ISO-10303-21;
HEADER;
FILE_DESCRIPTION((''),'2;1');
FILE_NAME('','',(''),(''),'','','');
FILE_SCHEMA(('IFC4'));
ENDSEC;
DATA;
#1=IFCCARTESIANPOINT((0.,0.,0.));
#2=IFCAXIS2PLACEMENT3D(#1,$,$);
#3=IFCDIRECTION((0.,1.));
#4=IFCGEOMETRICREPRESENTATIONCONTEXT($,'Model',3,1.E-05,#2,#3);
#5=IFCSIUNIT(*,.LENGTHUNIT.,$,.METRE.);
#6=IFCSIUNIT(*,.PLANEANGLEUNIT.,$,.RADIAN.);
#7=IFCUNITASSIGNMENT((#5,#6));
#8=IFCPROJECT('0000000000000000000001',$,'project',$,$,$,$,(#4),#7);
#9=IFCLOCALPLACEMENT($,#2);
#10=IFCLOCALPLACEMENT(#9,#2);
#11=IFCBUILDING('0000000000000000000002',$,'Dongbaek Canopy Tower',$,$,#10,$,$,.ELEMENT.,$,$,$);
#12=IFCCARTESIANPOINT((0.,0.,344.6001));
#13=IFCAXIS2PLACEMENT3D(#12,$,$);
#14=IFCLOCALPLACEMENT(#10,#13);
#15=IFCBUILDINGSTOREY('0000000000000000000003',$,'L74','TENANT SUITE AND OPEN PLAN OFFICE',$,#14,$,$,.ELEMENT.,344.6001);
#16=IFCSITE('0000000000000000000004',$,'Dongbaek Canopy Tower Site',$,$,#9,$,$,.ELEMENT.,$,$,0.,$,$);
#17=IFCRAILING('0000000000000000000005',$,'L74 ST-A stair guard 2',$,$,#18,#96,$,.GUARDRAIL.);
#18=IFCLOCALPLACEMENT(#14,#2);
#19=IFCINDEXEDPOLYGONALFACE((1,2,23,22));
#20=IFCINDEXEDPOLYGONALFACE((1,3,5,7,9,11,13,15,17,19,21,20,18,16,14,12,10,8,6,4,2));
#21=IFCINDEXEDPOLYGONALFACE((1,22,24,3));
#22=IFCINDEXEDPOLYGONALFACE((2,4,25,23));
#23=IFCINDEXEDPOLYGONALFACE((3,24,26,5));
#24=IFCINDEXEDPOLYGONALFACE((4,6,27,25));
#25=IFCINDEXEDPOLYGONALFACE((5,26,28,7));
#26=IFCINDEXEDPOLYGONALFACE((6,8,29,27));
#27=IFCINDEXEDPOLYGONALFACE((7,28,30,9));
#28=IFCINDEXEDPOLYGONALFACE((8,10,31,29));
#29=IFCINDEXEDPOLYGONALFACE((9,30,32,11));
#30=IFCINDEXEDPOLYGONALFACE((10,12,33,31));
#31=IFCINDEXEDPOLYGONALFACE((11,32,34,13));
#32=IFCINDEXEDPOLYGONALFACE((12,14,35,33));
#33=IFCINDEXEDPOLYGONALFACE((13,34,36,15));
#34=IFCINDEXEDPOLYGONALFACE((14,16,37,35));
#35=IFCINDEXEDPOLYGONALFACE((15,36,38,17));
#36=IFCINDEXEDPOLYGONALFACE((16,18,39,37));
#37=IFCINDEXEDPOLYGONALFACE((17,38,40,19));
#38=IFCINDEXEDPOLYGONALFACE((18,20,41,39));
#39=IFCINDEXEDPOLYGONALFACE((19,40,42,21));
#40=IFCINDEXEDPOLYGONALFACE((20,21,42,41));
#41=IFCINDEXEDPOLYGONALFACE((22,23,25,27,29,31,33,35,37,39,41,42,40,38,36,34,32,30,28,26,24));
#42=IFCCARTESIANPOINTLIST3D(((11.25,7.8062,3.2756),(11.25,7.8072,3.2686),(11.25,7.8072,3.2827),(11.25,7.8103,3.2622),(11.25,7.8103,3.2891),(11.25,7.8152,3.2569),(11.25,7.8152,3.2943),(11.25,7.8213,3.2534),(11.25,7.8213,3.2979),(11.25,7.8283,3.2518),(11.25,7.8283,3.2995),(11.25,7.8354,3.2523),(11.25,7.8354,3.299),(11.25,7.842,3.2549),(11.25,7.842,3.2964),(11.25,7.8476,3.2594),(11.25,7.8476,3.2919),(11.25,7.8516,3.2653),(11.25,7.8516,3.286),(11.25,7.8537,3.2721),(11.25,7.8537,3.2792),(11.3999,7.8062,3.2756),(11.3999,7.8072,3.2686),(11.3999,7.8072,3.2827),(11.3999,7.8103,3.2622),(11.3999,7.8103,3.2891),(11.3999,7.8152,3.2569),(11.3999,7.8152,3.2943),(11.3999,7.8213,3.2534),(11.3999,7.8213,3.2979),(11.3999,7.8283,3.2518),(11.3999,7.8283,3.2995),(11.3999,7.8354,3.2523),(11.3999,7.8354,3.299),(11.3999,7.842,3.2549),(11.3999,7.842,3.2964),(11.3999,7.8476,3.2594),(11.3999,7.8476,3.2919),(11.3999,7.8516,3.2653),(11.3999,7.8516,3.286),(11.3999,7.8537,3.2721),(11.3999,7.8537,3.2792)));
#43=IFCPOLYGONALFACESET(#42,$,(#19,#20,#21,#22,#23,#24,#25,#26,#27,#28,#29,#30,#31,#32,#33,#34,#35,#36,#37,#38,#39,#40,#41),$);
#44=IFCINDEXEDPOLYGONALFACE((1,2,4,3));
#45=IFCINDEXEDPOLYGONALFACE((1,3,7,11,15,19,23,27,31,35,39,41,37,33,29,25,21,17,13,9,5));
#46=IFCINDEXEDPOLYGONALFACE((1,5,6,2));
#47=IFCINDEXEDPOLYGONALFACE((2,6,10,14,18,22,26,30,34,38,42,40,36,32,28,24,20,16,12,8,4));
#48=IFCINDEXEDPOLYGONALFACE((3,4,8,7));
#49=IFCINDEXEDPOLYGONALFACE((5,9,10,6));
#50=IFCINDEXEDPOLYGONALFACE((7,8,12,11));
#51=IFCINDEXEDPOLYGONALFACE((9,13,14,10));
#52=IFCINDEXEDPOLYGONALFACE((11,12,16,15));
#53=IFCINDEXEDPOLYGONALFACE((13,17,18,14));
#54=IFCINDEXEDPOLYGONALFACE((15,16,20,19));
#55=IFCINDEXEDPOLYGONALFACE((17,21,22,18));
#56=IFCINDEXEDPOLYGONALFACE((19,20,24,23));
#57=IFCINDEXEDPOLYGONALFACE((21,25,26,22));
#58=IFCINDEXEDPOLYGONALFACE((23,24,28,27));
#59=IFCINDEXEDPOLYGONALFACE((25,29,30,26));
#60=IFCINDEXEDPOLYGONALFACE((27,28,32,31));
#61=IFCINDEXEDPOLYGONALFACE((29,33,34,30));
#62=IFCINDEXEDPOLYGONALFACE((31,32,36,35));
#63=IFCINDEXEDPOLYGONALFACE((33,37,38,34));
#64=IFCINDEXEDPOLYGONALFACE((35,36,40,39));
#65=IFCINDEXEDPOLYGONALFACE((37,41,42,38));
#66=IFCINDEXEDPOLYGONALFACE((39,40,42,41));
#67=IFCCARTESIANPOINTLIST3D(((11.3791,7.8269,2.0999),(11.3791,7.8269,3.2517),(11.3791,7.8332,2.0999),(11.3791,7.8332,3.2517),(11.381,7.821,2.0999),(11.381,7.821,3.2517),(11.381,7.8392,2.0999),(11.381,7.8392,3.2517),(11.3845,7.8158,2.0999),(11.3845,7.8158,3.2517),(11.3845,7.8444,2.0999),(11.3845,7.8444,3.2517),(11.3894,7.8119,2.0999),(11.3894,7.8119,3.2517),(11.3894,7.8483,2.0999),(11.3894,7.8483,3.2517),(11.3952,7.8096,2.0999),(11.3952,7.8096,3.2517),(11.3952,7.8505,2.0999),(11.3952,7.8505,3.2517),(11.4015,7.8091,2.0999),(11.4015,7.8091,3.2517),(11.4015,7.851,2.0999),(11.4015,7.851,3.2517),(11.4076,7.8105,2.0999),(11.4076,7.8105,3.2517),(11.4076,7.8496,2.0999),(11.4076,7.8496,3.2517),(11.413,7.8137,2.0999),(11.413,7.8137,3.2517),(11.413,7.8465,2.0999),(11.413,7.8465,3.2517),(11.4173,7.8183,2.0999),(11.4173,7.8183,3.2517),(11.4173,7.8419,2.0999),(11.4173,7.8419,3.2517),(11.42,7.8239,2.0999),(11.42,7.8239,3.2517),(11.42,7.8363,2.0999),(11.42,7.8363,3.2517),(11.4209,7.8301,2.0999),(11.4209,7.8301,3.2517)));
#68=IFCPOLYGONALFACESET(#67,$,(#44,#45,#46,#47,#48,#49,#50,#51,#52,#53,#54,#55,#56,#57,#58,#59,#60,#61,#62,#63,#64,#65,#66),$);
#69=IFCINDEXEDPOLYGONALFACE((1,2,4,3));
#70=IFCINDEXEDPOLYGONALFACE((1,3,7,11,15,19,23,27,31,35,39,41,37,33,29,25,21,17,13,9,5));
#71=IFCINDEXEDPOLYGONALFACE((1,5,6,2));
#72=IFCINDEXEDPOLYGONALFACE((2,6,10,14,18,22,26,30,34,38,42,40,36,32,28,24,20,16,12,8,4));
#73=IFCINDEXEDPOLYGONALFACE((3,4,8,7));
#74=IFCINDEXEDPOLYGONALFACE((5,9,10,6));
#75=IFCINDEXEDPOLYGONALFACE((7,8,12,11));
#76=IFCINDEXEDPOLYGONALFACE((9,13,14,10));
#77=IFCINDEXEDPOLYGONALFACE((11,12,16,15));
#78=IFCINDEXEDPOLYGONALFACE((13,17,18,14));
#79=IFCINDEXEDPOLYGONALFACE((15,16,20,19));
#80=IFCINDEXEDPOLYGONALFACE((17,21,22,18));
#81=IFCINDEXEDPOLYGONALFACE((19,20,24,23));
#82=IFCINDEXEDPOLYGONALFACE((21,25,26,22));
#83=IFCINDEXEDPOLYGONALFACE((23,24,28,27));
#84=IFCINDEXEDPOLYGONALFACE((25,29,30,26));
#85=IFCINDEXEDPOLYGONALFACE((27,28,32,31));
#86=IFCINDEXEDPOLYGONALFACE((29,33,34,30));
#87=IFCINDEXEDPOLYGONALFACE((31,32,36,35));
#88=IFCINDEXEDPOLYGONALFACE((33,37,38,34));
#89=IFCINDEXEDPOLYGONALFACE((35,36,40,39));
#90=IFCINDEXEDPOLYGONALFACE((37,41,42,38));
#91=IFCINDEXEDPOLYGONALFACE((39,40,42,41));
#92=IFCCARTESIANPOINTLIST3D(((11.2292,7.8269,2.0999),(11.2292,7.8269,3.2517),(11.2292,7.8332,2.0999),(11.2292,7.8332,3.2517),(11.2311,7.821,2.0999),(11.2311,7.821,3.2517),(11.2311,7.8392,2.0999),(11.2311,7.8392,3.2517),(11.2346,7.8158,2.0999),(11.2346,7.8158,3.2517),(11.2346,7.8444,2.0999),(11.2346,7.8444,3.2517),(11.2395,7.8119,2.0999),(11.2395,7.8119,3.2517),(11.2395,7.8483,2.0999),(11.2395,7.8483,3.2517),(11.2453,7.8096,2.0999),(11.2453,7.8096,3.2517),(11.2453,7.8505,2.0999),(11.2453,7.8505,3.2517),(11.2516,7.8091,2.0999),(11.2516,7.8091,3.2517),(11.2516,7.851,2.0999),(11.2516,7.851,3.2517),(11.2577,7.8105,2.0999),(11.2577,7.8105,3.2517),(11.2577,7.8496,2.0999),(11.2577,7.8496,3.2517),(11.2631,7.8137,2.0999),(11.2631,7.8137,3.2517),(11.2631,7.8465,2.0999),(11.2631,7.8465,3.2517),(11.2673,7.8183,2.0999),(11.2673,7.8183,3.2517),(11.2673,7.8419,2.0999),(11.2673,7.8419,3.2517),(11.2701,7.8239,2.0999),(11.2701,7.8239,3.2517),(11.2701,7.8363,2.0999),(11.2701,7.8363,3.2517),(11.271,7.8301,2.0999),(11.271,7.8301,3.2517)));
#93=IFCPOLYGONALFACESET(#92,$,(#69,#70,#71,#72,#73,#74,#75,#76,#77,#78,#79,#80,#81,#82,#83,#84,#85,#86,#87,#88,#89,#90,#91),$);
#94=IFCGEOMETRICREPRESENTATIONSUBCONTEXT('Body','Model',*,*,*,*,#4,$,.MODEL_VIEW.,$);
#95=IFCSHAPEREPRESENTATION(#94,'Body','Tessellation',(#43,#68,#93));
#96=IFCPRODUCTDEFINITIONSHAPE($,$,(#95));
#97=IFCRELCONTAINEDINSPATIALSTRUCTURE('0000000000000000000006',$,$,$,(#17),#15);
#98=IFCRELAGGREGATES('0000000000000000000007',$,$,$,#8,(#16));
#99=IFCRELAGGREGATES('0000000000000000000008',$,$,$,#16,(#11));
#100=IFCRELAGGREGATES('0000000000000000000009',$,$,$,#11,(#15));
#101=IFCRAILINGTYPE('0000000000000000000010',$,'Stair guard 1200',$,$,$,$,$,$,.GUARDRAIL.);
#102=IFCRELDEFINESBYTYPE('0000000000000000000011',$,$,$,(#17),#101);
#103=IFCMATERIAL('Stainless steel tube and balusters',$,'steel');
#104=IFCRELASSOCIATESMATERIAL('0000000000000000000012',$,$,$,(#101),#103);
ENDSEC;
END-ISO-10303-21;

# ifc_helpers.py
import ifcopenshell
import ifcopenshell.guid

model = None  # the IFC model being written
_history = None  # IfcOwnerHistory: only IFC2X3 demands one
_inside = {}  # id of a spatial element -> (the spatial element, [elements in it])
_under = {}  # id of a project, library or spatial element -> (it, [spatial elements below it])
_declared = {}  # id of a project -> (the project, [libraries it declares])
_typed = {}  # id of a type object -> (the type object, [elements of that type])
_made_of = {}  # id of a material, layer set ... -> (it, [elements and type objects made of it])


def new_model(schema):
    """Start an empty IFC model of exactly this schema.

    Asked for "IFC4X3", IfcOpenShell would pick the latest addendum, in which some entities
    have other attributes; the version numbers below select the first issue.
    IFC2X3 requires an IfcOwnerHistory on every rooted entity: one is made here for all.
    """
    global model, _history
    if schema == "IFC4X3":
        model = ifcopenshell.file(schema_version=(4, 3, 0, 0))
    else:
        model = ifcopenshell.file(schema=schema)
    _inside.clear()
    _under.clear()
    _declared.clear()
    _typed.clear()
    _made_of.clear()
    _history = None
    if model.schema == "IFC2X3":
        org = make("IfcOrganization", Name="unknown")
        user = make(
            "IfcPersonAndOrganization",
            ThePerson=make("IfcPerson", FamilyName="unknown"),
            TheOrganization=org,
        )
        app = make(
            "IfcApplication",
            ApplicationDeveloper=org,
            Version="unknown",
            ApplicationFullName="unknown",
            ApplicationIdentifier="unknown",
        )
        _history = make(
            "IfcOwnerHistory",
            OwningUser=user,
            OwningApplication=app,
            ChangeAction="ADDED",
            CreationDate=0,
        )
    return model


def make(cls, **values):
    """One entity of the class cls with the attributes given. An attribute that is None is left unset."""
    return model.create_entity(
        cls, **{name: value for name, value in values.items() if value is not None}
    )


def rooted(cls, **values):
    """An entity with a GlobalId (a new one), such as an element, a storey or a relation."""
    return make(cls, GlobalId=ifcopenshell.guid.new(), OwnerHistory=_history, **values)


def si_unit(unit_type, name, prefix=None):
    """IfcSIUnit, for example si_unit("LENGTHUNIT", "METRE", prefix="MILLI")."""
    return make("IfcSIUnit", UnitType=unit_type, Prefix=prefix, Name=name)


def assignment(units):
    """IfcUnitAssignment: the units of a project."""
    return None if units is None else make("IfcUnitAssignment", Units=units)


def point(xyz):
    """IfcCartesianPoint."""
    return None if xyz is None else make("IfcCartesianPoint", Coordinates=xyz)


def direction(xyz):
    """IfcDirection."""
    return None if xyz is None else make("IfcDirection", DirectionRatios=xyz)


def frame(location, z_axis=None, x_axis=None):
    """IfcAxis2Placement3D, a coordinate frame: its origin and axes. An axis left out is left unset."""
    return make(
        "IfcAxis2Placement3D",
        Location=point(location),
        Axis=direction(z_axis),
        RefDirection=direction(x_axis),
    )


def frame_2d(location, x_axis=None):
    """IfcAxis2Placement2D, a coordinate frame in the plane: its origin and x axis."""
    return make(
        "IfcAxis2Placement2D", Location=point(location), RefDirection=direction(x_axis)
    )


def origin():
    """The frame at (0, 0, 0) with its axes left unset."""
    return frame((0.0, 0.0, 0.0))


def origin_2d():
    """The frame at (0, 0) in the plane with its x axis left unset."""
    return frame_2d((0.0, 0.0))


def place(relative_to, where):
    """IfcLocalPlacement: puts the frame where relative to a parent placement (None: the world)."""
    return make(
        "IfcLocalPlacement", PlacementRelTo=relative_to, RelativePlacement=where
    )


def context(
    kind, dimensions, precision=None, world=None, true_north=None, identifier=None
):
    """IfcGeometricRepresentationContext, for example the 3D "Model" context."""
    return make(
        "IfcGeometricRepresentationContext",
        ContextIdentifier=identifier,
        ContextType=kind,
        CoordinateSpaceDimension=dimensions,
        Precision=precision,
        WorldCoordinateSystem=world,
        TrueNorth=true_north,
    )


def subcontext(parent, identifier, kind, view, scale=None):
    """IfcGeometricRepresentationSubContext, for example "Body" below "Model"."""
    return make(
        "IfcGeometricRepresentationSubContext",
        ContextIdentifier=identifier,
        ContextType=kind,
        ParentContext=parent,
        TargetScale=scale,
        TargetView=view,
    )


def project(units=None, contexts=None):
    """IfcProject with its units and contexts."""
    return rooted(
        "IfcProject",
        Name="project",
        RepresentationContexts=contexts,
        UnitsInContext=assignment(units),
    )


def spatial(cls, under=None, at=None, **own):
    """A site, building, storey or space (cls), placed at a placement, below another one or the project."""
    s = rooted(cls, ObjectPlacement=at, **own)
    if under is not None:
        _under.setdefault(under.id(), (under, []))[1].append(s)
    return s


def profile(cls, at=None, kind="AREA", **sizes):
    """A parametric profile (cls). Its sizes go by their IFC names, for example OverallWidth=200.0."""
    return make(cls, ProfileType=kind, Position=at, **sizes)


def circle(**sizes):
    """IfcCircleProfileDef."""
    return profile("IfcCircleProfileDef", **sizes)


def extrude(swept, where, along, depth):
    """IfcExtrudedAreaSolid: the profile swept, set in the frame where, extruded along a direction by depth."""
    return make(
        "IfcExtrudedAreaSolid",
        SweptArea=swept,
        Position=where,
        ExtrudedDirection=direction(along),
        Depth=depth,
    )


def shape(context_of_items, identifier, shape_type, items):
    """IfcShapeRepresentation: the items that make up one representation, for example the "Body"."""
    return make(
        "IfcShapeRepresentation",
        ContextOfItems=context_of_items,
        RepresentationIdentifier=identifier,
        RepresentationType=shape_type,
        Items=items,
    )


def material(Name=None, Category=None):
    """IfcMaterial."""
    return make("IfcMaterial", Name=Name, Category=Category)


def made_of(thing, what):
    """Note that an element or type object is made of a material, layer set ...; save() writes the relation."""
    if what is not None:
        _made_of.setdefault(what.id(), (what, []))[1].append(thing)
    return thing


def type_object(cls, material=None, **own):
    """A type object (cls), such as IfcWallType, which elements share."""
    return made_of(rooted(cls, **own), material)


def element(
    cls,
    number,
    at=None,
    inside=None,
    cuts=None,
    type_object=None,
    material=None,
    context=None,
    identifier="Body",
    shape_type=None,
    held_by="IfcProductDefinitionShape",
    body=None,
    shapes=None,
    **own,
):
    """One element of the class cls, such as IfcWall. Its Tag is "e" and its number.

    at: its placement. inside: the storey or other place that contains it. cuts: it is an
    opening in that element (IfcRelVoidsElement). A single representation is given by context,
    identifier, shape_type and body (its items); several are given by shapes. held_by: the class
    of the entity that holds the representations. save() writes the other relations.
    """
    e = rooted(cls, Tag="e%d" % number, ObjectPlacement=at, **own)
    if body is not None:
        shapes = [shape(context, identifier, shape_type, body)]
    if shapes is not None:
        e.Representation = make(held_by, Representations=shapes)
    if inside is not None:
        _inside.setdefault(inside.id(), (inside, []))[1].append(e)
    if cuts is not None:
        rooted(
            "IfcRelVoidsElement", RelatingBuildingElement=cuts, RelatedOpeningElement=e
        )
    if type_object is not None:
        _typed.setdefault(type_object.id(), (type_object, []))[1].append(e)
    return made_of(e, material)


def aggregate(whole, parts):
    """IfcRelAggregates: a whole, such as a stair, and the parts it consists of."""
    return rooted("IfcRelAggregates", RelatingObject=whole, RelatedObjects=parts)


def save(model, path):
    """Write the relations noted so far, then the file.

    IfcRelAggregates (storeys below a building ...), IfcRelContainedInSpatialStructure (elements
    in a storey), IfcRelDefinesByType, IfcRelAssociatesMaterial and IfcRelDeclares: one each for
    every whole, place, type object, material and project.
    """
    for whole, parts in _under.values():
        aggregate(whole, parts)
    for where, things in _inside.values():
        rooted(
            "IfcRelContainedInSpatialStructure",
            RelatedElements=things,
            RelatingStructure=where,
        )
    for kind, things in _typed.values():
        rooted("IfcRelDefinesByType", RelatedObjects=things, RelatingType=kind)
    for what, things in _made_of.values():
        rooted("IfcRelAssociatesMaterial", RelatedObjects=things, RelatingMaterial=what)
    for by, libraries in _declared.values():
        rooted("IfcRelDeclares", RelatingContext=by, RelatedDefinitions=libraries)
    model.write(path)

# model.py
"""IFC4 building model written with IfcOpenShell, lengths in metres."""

from ifc_helpers import new_model, si_unit, direction, frame, origin, origin_2d, place, context, subcontext, project, spatial, circle, extrude, material, type_object, element, save


model = new_model("IFC4")

# Units and contexts
model_context = context("Model", 3, precision=1e-05, world=origin(), true_north=direction((0.0, 1.0)))
body_context = subcontext(model_context, "Body", "Model", "MODEL_VIEW")
ifc_project = project(units=[si_unit("LENGTHUNIT", "METRE"), si_unit("PLANEANGLEUNIT", "RADIAN")], contexts=[model_context])

# Site, building, storey
site_placement = place(None, origin())
site = spatial("IfcSite", under=ifc_project, at=site_placement, Name="Dongbaek Canopy Tower Site", CompositionType="ELEMENT", RefElevation=0.0)
building_placement = place(site_placement, origin())
building = spatial("IfcBuilding", under=site, at=building_placement, Name="Dongbaek Canopy Tower", CompositionType="ELEMENT")
storey_placement = place(building_placement, frame((0.0, 0.0, 344.6001)))
storey = spatial("IfcBuildingStorey", under=building, at=storey_placement, Name="L74", Description="TENANT SUITE AND OPEN PLAN OFFICE", CompositionType="ELEMENT", Elevation=344.6001)

# Railing
ifc_material_1 = material(Name="Stainless steel tube and balusters", Category="steel")
railing_type_1 = type_object("IfcRailingType", Name="Stair guard 1200", PredefinedType="GUARDRAIL", material=ifc_material_1)
railing_1_placement = place(storey_placement, frame((11.3999, 7.8301, 2.0999)))
element("IfcRailing", 1, at=railing_1_placement, inside=storey, type_object=railing_type_1, Name="L74 ST-A stair guard 2", PredefinedType="GUARDRAIL", context=body_context, shape_type="SweptSolid", body=[
    extrude(circle(Radius=0.0239, at=origin_2d()), frame((0.0, 0.0, 1.1758), z_axis=(-1.0, 0.0, 0.0), x_axis=(0.0, -1.0, 0.0)), (0.0, 0.0, 1.0), 0.1499),
    extrude(circle(Radius=0.021, at=origin_2d()), origin(), (0.0, 0.0, 1.0), 1.1519),
    extrude(circle(Radius=0.021, at=origin_2d()), frame((-0.1499, 0.0, 0.0)), (0.0, 0.0, 1.0), 1.1519),
])

save(model, "model.ifc")
